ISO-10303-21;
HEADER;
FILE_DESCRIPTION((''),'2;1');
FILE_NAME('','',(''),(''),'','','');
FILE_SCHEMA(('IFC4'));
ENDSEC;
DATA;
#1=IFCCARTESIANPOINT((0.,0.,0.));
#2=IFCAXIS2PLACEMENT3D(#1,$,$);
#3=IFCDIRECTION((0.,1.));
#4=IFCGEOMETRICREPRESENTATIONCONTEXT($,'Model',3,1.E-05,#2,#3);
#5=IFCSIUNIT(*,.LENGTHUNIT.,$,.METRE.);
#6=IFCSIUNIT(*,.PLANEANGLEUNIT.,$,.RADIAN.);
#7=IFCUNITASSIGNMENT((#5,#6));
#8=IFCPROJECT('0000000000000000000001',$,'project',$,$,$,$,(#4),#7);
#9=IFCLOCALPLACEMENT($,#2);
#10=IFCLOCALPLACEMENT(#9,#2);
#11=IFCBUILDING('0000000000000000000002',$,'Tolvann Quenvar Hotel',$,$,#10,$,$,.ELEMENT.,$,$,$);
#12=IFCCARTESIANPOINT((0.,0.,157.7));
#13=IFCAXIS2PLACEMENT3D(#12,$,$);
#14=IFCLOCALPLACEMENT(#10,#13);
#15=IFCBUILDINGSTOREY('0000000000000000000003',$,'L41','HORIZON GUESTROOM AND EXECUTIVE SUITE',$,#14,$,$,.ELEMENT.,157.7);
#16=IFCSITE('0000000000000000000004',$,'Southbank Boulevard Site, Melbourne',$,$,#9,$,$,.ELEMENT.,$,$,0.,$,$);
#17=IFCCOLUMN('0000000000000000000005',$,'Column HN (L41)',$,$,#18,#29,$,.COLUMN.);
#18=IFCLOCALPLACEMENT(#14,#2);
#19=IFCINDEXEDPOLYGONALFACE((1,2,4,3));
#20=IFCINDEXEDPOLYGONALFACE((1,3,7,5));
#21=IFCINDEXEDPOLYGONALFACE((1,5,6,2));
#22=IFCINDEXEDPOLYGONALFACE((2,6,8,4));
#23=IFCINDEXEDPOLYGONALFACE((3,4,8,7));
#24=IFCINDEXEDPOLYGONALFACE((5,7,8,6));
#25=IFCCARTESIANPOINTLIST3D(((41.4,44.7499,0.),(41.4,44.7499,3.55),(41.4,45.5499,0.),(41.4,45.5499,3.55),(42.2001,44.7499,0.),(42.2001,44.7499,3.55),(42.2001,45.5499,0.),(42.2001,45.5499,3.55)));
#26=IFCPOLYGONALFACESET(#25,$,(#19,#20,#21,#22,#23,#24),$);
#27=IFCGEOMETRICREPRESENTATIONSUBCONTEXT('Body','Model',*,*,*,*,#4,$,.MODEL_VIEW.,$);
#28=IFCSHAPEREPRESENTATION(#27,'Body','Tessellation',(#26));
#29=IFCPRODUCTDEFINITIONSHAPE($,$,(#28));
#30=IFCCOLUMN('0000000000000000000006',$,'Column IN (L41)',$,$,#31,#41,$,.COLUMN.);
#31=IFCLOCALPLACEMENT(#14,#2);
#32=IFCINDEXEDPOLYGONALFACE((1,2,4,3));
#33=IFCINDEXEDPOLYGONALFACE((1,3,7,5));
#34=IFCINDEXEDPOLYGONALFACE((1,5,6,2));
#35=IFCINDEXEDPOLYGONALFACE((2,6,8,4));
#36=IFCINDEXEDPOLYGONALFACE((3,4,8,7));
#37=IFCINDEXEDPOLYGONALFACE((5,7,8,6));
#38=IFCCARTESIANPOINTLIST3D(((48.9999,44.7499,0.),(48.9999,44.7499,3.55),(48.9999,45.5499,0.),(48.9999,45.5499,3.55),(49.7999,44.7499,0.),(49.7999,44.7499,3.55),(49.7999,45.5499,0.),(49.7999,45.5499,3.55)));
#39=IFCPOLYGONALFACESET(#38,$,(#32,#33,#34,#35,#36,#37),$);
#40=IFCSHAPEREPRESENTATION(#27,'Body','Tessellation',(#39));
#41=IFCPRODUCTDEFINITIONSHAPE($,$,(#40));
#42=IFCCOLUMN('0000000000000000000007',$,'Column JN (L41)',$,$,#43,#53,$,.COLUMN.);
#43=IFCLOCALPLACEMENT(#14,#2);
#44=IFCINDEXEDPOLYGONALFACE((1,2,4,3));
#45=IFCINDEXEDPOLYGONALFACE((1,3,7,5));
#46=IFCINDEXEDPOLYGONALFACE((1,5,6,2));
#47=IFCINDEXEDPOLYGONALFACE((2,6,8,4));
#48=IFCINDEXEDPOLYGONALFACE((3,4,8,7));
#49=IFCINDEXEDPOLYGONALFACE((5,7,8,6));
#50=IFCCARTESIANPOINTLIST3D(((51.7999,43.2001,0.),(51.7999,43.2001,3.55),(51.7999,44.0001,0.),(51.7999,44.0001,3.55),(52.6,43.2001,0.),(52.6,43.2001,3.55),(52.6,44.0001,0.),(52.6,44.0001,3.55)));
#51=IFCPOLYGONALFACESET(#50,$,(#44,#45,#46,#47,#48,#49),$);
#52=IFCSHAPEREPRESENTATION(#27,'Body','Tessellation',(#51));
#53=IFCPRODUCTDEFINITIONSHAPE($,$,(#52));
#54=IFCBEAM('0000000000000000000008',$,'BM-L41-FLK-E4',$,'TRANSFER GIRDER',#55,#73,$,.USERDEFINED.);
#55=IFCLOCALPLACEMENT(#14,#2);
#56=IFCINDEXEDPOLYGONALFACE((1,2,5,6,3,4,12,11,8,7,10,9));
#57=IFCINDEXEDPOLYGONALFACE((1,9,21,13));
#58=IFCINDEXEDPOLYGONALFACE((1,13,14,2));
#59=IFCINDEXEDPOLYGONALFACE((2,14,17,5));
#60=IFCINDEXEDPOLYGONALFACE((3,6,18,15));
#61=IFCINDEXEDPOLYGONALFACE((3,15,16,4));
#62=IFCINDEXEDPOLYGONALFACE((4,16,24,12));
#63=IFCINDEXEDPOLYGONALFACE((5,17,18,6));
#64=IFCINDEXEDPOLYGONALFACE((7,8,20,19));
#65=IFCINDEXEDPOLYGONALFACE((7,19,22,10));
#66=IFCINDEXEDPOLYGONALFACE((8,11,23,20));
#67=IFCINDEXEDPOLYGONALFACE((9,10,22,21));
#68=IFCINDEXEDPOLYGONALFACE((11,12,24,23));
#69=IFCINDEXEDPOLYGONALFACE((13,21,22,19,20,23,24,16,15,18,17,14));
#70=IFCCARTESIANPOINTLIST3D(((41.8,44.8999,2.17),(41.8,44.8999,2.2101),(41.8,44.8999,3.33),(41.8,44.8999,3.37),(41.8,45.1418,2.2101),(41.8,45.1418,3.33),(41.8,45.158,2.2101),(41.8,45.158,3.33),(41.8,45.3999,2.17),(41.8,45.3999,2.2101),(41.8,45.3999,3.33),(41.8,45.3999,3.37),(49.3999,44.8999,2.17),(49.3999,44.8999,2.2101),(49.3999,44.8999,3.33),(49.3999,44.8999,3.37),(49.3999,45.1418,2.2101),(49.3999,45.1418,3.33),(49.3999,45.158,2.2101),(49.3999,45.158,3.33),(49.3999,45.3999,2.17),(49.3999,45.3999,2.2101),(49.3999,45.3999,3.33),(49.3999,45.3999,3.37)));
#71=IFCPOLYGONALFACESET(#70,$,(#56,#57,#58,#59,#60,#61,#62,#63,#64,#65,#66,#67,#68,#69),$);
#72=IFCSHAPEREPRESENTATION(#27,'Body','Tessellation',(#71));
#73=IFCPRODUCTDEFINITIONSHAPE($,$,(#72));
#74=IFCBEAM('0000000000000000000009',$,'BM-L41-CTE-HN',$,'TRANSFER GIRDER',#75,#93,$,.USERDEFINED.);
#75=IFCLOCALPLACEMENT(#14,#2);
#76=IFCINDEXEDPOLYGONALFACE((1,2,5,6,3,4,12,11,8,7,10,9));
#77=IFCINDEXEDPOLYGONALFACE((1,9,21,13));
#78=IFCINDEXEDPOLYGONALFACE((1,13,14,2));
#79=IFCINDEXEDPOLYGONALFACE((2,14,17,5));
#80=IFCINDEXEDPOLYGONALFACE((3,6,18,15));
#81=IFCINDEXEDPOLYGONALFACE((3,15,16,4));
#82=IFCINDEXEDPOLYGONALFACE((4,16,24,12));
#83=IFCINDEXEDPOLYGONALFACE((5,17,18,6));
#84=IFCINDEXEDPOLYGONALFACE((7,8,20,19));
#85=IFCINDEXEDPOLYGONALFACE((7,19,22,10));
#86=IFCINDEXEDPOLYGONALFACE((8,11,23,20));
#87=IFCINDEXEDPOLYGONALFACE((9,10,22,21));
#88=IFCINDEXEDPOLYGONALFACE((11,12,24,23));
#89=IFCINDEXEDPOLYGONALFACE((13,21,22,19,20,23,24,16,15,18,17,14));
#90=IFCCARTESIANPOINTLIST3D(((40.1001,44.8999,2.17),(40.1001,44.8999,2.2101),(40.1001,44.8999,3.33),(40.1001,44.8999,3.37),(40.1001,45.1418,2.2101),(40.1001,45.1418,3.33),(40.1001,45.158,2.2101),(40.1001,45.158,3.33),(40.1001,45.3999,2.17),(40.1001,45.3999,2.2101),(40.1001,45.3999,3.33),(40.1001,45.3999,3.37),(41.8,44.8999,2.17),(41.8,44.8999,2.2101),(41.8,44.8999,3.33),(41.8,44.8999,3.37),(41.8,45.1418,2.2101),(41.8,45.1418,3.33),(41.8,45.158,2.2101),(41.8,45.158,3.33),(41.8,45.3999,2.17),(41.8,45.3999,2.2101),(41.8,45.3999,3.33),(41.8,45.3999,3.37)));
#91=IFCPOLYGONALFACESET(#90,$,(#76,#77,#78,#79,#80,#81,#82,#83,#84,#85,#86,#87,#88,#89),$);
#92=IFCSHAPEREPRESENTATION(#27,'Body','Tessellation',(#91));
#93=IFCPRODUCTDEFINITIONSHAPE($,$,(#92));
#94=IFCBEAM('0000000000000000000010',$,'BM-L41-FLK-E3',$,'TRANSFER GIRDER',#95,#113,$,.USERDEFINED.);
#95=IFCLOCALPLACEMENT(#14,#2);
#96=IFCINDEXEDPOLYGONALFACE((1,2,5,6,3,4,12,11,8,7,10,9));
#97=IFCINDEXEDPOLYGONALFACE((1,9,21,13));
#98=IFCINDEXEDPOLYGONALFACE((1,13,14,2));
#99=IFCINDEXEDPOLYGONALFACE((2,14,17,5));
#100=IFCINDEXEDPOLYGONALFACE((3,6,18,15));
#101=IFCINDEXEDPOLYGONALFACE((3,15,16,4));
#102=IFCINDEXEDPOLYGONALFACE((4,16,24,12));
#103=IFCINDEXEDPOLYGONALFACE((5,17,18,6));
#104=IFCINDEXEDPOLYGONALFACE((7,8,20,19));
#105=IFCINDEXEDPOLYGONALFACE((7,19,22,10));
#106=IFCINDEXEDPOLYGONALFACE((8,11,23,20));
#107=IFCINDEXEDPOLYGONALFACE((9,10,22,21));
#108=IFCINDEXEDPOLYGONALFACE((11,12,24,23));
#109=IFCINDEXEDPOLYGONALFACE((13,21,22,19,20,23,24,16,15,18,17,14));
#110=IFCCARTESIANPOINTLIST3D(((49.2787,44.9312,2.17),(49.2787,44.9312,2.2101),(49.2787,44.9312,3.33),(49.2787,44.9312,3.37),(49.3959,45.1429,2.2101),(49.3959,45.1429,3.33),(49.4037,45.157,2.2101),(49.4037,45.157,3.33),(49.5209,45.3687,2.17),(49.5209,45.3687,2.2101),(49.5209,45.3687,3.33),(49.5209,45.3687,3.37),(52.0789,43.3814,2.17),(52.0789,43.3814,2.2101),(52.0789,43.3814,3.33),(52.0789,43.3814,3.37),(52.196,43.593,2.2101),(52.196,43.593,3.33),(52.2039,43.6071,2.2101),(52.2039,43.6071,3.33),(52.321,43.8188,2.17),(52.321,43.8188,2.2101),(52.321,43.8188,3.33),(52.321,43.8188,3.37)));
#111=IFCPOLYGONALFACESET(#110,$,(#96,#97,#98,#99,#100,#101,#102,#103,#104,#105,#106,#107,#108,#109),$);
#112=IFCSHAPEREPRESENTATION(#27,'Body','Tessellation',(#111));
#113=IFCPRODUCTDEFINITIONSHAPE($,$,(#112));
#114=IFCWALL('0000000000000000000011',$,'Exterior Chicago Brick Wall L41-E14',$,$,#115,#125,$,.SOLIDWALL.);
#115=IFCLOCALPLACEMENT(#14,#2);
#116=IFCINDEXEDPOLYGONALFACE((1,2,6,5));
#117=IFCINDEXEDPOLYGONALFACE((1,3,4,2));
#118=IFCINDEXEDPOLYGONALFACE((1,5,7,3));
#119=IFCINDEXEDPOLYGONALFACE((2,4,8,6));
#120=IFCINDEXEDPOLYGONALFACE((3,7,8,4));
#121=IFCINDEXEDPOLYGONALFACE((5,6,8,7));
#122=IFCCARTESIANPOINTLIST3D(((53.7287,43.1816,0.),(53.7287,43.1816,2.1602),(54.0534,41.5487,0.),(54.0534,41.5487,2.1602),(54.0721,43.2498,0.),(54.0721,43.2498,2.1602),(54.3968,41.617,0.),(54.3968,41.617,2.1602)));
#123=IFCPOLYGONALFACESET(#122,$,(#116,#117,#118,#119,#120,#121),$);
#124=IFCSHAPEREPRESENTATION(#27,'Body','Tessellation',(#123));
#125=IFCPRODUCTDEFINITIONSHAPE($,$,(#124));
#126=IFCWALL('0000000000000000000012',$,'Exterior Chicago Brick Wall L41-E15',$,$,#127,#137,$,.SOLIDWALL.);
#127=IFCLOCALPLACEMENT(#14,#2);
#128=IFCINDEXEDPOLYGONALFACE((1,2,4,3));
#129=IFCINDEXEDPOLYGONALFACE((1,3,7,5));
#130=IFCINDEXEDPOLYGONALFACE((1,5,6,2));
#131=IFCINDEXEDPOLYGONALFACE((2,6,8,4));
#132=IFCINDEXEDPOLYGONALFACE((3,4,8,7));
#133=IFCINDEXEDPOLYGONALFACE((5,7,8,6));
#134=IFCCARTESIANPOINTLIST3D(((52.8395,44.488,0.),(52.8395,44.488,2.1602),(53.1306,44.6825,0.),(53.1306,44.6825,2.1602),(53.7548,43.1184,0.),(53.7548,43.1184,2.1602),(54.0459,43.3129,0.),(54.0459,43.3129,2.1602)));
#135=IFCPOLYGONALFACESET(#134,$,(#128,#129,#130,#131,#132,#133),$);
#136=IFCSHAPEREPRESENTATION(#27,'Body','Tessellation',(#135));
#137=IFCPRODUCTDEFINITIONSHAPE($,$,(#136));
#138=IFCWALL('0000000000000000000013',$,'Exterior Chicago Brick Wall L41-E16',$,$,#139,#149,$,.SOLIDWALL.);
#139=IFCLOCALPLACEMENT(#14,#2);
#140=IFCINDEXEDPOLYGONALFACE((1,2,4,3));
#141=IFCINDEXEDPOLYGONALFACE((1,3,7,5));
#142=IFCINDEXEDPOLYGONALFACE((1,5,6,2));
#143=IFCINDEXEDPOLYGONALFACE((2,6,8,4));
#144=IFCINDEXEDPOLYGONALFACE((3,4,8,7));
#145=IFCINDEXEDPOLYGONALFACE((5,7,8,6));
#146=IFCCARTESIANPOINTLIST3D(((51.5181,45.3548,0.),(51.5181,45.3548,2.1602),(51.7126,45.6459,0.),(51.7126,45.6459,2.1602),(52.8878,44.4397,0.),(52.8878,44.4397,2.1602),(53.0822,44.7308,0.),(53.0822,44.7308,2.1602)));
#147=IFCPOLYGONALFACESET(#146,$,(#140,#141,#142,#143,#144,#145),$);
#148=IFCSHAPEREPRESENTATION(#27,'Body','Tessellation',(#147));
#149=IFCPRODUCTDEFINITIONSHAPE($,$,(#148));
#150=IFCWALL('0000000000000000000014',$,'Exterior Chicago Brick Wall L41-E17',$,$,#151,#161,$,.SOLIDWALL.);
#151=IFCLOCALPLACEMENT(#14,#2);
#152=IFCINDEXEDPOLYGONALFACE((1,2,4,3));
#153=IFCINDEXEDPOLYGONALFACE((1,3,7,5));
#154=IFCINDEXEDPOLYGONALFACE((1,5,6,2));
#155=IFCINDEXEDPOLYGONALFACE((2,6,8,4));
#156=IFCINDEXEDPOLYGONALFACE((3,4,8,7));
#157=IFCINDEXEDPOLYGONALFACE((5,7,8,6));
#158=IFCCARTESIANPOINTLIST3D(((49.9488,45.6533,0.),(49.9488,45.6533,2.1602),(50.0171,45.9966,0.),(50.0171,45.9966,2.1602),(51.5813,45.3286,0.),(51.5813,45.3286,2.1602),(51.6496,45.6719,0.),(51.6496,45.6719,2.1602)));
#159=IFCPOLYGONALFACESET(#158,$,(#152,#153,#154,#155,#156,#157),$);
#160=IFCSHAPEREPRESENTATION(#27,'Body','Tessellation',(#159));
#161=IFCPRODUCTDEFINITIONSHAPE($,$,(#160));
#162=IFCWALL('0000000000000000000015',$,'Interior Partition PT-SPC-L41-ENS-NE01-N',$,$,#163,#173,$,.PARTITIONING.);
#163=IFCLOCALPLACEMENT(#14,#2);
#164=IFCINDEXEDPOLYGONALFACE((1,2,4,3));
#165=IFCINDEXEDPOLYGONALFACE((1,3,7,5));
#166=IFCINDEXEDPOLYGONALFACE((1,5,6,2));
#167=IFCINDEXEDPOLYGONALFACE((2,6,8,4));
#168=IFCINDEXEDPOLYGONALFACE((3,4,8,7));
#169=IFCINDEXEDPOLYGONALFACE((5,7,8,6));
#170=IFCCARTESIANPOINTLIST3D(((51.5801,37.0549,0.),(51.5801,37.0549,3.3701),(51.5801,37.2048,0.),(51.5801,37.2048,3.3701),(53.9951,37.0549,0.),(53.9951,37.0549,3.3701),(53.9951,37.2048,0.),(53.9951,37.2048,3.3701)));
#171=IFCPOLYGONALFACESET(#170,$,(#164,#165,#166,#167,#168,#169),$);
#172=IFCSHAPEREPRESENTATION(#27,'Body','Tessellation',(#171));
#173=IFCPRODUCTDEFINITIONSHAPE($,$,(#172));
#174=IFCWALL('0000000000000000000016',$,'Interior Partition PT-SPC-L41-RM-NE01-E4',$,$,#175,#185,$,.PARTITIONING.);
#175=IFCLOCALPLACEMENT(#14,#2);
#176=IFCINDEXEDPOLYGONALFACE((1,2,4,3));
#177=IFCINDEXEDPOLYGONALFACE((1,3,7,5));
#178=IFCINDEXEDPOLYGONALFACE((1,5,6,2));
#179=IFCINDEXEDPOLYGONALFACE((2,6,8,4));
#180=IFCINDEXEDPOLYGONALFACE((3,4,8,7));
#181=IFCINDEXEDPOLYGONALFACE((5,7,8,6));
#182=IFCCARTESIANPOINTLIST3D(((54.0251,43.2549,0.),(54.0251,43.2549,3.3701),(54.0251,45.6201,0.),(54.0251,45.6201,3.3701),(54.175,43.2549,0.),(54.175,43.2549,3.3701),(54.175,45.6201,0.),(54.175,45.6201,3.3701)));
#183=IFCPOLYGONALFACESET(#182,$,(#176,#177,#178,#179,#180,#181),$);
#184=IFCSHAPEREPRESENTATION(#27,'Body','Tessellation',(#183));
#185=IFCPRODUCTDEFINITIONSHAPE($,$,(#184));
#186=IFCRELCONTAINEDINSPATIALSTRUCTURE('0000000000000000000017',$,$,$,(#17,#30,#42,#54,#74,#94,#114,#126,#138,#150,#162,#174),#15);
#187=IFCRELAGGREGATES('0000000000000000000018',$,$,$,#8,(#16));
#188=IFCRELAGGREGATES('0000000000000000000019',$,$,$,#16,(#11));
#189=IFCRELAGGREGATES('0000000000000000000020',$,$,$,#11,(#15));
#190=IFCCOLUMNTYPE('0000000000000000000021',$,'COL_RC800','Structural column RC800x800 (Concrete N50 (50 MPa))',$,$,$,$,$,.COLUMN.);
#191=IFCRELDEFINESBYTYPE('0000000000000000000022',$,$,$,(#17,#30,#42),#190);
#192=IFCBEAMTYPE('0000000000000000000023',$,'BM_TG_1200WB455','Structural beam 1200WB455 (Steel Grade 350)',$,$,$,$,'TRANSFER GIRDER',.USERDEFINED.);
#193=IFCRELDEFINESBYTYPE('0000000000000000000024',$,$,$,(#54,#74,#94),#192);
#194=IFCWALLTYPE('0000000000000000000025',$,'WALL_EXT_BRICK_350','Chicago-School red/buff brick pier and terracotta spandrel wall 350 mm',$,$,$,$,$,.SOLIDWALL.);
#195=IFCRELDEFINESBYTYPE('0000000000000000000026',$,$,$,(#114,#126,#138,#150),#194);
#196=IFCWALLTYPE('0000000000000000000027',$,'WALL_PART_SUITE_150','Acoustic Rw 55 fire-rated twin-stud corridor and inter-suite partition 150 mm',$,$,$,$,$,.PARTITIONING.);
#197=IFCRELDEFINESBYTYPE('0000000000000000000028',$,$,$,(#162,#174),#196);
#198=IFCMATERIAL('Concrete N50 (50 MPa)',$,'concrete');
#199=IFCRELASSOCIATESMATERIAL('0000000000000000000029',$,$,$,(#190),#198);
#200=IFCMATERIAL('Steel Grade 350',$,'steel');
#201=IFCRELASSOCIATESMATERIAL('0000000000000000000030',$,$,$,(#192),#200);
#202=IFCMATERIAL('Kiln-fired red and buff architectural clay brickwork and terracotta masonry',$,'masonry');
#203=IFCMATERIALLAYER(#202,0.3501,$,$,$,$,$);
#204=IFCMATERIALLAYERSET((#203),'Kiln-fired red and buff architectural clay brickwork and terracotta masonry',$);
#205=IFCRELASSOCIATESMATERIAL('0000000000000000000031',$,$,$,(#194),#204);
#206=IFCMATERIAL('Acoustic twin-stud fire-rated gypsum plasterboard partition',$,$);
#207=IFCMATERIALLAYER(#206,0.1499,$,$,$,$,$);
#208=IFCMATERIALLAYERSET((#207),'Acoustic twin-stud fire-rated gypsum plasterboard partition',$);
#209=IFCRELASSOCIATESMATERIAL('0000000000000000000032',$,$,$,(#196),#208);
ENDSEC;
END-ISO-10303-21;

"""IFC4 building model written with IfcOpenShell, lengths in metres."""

from ifc_helpers import new_model, si_unit, direction, frame, frame_2d, origin, origin_2d, place, context, subcontext, project, spatial, rectangle, i_section, extrude, source, transform, mapped, material, layer, layer_set, material_profile, profile_set, type_object, type_shapes, element, save


model = new_model("IFC4")

# Units and contexts
model_context = context("Model", 3, precision=1e-05, world=origin(), true_north=direction((0.0, 1.0)))
body_context = subcontext(model_context, "Body", "Model", "MODEL_VIEW")
ifc_project = project(units=[si_unit("LENGTHUNIT", "METRE"), si_unit("PLANEANGLEUNIT", "RADIAN")], contexts=[model_context])

# Site, building, storey
site_placement = place(None, origin())
site = spatial("IfcSite", under=ifc_project, at=site_placement, Name="Southbank Boulevard Site, Melbourne", CompositionType="ELEMENT", RefElevation=0.0)
building_placement = place(site_placement, origin())
building = spatial("IfcBuilding", under=site, at=building_placement, Name="Tolvann Quenvar Hotel", CompositionType="ELEMENT")
storey_placement = place(building_placement, frame((0.0, 0.0, 157.7)))
storey = spatial("IfcBuildingStorey", under=building, at=storey_placement, Name="L41", Description="HORIZON GUESTROOM AND EXECUTIVE SUITE", CompositionType="ELEMENT", Elevation=157.7)

# Columns
ifc_material_1 = material(Name="Concrete N50 (50 MPa)", Category="concrete")
ifc_material_profile_1 = material_profile(ifc_material_1, rectangle(XDim=0.8, YDim=0.8, at=origin_2d()), Name="RC800x800")
ifc_profile_set_1 = profile_set([ifc_material_profile_1], Name="Concrete N50 (50 MPa)")
column_type = type_object("IfcColumnType", Name="COL_RC800", Description="Structural column RC800x800 (Concrete N50 (50 MPa))", PredefinedType="COLUMN", material=ifc_profile_set_1)
shared_shape_1 = source(origin(), body_context, "Body", "SweptSolid", [
    extrude(rectangle(XDim=0.8, YDim=0.8, at=origin_2d()), origin(), (0.0, 0.0, 1.0), 3.55),
])
type_shapes(column_type, [shared_shape_1])
for number, where, z_axis, x_axis, name in (
    (1, (41.8, 45.1499, 0.0), (0.0, 0.0, 1.0), (1.0, 0.0, 0.0), "Column HN (L41)"),
    (2, (49.3999, 45.1499, 0.0), (0.0, 0.0, 1.0), (1.0, 0.0, 0.0), "Column IN (L41)"),
    (3, (52.2, 43.6001, 0.0), (0.0, 0.0, 1.0), (1.0, 0.0, 0.0), "Column JN (L41)"),
):
    element("IfcColumn", number, at=place(storey_placement, frame(where, z_axis=z_axis, x_axis=x_axis)), inside=storey, type_object=column_type, Name=name, PredefinedType="COLUMN", context=body_context, shape_type="MappedRepresentation", body=[
        mapped(shared_shape_1, transform((0.0, 0.0, 0.0), x_axis=(1.0, 0.0, 0.0), y_axis=(0.0, 1.0, 0.0), z_axis=(0.0, 0.0, 1.0), scale=1.0)),
    ])

# Beams
ifc_material_2 = material(Name="Steel Grade 350", Category="steel")
ifc_material_profile_2 = material_profile(ifc_material_2, i_section(OverallWidth=0.5, OverallDepth=1.2, WebThickness=0.0161, FlangeThickness=0.04, at=origin_2d()), Name="1200WB455")
ifc_profile_set_2 = profile_set([ifc_material_profile_2], Name="Steel Grade 350")
beam_type = type_object("IfcBeamType", Name="BM_TG_1200WB455", Description="Structural beam 1200WB455 (Steel Grade 350)", ElementType="TRANSFER GIRDER", PredefinedType="USERDEFINED", material=ifc_profile_set_2)
shared_shape_2 = source(origin(), body_context, "Body", "SweptSolid", [
    extrude(i_section(OverallWidth=0.5, OverallDepth=1.2, WebThickness=0.0161, FlangeThickness=0.04, at=origin_2d()), origin(), (0.0, 0.0, 1.0), 7.5999),
])
beam_1_placement = place(storey_placement, frame((49.3999, 45.1499, 2.77), z_axis=(-1.0, 0.0, 0.0), x_axis=(0.0, -1.0, 0.0)))
element("IfcBeam", 4, at=beam_1_placement, inside=storey, type_object=beam_type, Name="BM-L41-FLK-E4", ObjectType="TRANSFER GIRDER", PredefinedType="USERDEFINED", context=body_context, shape_type="MappedRepresentation", body=[
    mapped(shared_shape_2, transform((0.0, 0.0, 0.0), x_axis=(1.0, 0.0, 0.0), y_axis=(0.0, 1.0, 0.0), z_axis=(0.0, 0.0, 1.0), scale=1.0)),
])
shared_shape_3 = source(origin(), body_context, "Body", "SweptSolid", [
    extrude(i_section(OverallWidth=0.5, OverallDepth=1.2, WebThickness=0.0161, FlangeThickness=0.04, at=origin_2d()), origin(), (0.0, 0.0, 1.0), 1.7),
])
beam_2_placement = place(storey_placement, frame((40.1001, 45.1499, 2.77), z_axis=(1.0, 0.0, 0.0), x_axis=(0.0, 1.0, 0.0)))
element("IfcBeam", 5, at=beam_2_placement, inside=storey, type_object=beam_type, Name="BM-L41-CTE-HN", ObjectType="TRANSFER GIRDER", PredefinedType="USERDEFINED", context=body_context, shape_type="MappedRepresentation", body=[
    mapped(shared_shape_3, transform((0.0, 0.0, 0.0), x_axis=(1.0, 0.0, 0.0), y_axis=(0.0, 1.0, 0.0), z_axis=(0.0, 0.0, 1.0), scale=1.0)),
])
shared_shape_4 = source(origin(), body_context, "Body", "SweptSolid", [
    extrude(i_section(OverallWidth=0.5, OverallDepth=1.2, WebThickness=0.0161, FlangeThickness=0.04, at=origin_2d()), origin(), (0.0, 0.0, 1.0), 3.2004),
])
type_shapes(beam_type, [shared_shape_2, shared_shape_3, shared_shape_4])
beam_3_placement = place(storey_placement, frame((52.2, 43.6001, 2.77), z_axis=(-0.874923, 0.484263, 0.0), x_axis=(-0.484263, -0.874923, 0.0)))
element("IfcBeam", 6, at=beam_3_placement, inside=storey, type_object=beam_type, Name="BM-L41-FLK-E3", ObjectType="TRANSFER GIRDER", PredefinedType="USERDEFINED", context=body_context, shape_type="MappedRepresentation", body=[
    mapped(shared_shape_4, transform((0.0, 0.0, 0.0), x_axis=(1.0, 0.0, 0.0), y_axis=(0.0, 1.0, 0.0), z_axis=(0.0, 0.0, 1.0), scale=1.0)),
])

# Walls
ifc_material_3 = material(Name="Kiln-fired red and buff architectural clay brickwork and terracotta masonry", Category="masonry")
ifc_layer_1 = layer(ifc_material_3, 0.3501)
ifc_layer_set_1 = layer_set([ifc_layer_1], Name="Kiln-fired red and buff architectural clay brickwork and terracotta masonry")
wall_type_1 = type_object("IfcWallType", Name="WALL_EXT_BRICK_350", Description="Chicago-School red/buff brick pier and terracotta spandrel wall 350 mm", PredefinedType="SOLIDWALL", material=ifc_layer_set_1)
wall_1_placement = place(storey_placement, frame((54.2251, 41.5828, 0.0), z_axis=(0.0, 0.0, 1.0), x_axis=(-0.195044, 0.980794, 0.0)))
element("IfcWall", 7, at=wall_1_placement, inside=storey, type_object=wall_type_1, Name="Exterior Chicago Brick Wall L41-E14", PredefinedType="SOLIDWALL", context=body_context, shape_type="SweptSolid", body=[
    extrude(rectangle(XDim=1.6648, YDim=0.3501, at=frame_2d((0.8325, 0.0))), origin(), (0.0, 0.0, 1.0), 2.1602),
])
for number, where, z_axis, x_axis, name in (
    (8, (53.9004, 43.2156, 0.0), (0.0, 0.0, 1.0), (-0.555623, 0.831434, 0.0), "Exterior Chicago Brick Wall L41-E15"),
    (9, (52.9851, 44.5852, 0.0), (0.0, 0.0, 1.0), (-0.831503, 0.555521, 0.0), "Exterior Chicago Brick Wall L41-E16"),
):
    element("IfcWall", number, at=place(storey_placement, frame(where, z_axis=z_axis, x_axis=x_axis)), inside=storey, type_object=wall_type_1, Name=name, PredefinedType="SOLIDWALL", context=body_context, shape_type="SweptSolid", body=[
        extrude(rectangle(XDim=1.6472, YDim=0.3501, at=frame_2d((0.8237, 0.0))), origin(), (0.0, 0.0, 1.0), 2.1602),
    ])
wall_2_placement = place(storey_placement, frame((51.6155, 45.5002, 0.0), z_axis=(0.0, 0.0, 1.0), x_axis=(-0.980789, 0.195072, 0.0)))
element("IfcWall", 10, at=wall_2_placement, inside=storey, type_object=wall_type_1, Name="Exterior Chicago Brick Wall L41-E17", PredefinedType="SOLIDWALL", context=body_context, shape_type="SweptSolid", body=[
    extrude(rectangle(XDim=1.6646, YDim=0.3501, at=frame_2d((0.8323, 0.0))), origin(), (0.0, 0.0, 1.0), 2.1602),
])

# Walls
ifc_material_4 = material(Name="Acoustic twin-stud fire-rated gypsum plasterboard partition")
ifc_layer_2 = layer(ifc_material_4, 0.1499)
ifc_layer_set_2 = layer_set([ifc_layer_2], Name="Acoustic twin-stud fire-rated gypsum plasterboard partition")
wall_type_2 = type_object("IfcWallType", Name="WALL_PART_SUITE_150", Description="Acoustic Rw 55 fire-rated twin-stud corridor and inter-suite partition 150 mm", PredefinedType="PARTITIONING", material=ifc_layer_set_2)
wall_3_placement = place(storey_placement, frame((51.5801, 37.1299, 0.0), z_axis=(0.0, 0.0, 1.0), x_axis=(1.0, 0.0, 0.0)))
element("IfcWall", 11, at=wall_3_placement, inside=storey, type_object=wall_type_2, Name="Interior Partition PT-SPC-L41-ENS-NE01-N", PredefinedType="PARTITIONING", context=body_context, shape_type="SweptSolid", body=[
    extrude(rectangle(XDim=2.415, YDim=0.1499, at=frame_2d((1.2075, 0.0))), origin(), (0.0, 0.0, 1.0), 3.3701),
])
wall_4_placement = place(storey_placement, frame((54.1001, 43.2549, 0.0), z_axis=(0.0, 0.0, 1.0), x_axis=(0.0, 1.0, 0.0)))
element("IfcWall", 12, at=wall_4_placement, inside=storey, type_object=wall_type_2, Name="Interior Partition PT-SPC-L41-RM-NE01-E4", PredefinedType="PARTITIONING", context=body_context, shape_type="SweptSolid", body=[
    extrude(rectangle(XDim=2.3652, YDim=0.1499, at=frame_2d((1.1826, 0.0))), origin(), (0.0, 0.0, 1.0), 3.3701),
])

save(model, "model.ifc")
